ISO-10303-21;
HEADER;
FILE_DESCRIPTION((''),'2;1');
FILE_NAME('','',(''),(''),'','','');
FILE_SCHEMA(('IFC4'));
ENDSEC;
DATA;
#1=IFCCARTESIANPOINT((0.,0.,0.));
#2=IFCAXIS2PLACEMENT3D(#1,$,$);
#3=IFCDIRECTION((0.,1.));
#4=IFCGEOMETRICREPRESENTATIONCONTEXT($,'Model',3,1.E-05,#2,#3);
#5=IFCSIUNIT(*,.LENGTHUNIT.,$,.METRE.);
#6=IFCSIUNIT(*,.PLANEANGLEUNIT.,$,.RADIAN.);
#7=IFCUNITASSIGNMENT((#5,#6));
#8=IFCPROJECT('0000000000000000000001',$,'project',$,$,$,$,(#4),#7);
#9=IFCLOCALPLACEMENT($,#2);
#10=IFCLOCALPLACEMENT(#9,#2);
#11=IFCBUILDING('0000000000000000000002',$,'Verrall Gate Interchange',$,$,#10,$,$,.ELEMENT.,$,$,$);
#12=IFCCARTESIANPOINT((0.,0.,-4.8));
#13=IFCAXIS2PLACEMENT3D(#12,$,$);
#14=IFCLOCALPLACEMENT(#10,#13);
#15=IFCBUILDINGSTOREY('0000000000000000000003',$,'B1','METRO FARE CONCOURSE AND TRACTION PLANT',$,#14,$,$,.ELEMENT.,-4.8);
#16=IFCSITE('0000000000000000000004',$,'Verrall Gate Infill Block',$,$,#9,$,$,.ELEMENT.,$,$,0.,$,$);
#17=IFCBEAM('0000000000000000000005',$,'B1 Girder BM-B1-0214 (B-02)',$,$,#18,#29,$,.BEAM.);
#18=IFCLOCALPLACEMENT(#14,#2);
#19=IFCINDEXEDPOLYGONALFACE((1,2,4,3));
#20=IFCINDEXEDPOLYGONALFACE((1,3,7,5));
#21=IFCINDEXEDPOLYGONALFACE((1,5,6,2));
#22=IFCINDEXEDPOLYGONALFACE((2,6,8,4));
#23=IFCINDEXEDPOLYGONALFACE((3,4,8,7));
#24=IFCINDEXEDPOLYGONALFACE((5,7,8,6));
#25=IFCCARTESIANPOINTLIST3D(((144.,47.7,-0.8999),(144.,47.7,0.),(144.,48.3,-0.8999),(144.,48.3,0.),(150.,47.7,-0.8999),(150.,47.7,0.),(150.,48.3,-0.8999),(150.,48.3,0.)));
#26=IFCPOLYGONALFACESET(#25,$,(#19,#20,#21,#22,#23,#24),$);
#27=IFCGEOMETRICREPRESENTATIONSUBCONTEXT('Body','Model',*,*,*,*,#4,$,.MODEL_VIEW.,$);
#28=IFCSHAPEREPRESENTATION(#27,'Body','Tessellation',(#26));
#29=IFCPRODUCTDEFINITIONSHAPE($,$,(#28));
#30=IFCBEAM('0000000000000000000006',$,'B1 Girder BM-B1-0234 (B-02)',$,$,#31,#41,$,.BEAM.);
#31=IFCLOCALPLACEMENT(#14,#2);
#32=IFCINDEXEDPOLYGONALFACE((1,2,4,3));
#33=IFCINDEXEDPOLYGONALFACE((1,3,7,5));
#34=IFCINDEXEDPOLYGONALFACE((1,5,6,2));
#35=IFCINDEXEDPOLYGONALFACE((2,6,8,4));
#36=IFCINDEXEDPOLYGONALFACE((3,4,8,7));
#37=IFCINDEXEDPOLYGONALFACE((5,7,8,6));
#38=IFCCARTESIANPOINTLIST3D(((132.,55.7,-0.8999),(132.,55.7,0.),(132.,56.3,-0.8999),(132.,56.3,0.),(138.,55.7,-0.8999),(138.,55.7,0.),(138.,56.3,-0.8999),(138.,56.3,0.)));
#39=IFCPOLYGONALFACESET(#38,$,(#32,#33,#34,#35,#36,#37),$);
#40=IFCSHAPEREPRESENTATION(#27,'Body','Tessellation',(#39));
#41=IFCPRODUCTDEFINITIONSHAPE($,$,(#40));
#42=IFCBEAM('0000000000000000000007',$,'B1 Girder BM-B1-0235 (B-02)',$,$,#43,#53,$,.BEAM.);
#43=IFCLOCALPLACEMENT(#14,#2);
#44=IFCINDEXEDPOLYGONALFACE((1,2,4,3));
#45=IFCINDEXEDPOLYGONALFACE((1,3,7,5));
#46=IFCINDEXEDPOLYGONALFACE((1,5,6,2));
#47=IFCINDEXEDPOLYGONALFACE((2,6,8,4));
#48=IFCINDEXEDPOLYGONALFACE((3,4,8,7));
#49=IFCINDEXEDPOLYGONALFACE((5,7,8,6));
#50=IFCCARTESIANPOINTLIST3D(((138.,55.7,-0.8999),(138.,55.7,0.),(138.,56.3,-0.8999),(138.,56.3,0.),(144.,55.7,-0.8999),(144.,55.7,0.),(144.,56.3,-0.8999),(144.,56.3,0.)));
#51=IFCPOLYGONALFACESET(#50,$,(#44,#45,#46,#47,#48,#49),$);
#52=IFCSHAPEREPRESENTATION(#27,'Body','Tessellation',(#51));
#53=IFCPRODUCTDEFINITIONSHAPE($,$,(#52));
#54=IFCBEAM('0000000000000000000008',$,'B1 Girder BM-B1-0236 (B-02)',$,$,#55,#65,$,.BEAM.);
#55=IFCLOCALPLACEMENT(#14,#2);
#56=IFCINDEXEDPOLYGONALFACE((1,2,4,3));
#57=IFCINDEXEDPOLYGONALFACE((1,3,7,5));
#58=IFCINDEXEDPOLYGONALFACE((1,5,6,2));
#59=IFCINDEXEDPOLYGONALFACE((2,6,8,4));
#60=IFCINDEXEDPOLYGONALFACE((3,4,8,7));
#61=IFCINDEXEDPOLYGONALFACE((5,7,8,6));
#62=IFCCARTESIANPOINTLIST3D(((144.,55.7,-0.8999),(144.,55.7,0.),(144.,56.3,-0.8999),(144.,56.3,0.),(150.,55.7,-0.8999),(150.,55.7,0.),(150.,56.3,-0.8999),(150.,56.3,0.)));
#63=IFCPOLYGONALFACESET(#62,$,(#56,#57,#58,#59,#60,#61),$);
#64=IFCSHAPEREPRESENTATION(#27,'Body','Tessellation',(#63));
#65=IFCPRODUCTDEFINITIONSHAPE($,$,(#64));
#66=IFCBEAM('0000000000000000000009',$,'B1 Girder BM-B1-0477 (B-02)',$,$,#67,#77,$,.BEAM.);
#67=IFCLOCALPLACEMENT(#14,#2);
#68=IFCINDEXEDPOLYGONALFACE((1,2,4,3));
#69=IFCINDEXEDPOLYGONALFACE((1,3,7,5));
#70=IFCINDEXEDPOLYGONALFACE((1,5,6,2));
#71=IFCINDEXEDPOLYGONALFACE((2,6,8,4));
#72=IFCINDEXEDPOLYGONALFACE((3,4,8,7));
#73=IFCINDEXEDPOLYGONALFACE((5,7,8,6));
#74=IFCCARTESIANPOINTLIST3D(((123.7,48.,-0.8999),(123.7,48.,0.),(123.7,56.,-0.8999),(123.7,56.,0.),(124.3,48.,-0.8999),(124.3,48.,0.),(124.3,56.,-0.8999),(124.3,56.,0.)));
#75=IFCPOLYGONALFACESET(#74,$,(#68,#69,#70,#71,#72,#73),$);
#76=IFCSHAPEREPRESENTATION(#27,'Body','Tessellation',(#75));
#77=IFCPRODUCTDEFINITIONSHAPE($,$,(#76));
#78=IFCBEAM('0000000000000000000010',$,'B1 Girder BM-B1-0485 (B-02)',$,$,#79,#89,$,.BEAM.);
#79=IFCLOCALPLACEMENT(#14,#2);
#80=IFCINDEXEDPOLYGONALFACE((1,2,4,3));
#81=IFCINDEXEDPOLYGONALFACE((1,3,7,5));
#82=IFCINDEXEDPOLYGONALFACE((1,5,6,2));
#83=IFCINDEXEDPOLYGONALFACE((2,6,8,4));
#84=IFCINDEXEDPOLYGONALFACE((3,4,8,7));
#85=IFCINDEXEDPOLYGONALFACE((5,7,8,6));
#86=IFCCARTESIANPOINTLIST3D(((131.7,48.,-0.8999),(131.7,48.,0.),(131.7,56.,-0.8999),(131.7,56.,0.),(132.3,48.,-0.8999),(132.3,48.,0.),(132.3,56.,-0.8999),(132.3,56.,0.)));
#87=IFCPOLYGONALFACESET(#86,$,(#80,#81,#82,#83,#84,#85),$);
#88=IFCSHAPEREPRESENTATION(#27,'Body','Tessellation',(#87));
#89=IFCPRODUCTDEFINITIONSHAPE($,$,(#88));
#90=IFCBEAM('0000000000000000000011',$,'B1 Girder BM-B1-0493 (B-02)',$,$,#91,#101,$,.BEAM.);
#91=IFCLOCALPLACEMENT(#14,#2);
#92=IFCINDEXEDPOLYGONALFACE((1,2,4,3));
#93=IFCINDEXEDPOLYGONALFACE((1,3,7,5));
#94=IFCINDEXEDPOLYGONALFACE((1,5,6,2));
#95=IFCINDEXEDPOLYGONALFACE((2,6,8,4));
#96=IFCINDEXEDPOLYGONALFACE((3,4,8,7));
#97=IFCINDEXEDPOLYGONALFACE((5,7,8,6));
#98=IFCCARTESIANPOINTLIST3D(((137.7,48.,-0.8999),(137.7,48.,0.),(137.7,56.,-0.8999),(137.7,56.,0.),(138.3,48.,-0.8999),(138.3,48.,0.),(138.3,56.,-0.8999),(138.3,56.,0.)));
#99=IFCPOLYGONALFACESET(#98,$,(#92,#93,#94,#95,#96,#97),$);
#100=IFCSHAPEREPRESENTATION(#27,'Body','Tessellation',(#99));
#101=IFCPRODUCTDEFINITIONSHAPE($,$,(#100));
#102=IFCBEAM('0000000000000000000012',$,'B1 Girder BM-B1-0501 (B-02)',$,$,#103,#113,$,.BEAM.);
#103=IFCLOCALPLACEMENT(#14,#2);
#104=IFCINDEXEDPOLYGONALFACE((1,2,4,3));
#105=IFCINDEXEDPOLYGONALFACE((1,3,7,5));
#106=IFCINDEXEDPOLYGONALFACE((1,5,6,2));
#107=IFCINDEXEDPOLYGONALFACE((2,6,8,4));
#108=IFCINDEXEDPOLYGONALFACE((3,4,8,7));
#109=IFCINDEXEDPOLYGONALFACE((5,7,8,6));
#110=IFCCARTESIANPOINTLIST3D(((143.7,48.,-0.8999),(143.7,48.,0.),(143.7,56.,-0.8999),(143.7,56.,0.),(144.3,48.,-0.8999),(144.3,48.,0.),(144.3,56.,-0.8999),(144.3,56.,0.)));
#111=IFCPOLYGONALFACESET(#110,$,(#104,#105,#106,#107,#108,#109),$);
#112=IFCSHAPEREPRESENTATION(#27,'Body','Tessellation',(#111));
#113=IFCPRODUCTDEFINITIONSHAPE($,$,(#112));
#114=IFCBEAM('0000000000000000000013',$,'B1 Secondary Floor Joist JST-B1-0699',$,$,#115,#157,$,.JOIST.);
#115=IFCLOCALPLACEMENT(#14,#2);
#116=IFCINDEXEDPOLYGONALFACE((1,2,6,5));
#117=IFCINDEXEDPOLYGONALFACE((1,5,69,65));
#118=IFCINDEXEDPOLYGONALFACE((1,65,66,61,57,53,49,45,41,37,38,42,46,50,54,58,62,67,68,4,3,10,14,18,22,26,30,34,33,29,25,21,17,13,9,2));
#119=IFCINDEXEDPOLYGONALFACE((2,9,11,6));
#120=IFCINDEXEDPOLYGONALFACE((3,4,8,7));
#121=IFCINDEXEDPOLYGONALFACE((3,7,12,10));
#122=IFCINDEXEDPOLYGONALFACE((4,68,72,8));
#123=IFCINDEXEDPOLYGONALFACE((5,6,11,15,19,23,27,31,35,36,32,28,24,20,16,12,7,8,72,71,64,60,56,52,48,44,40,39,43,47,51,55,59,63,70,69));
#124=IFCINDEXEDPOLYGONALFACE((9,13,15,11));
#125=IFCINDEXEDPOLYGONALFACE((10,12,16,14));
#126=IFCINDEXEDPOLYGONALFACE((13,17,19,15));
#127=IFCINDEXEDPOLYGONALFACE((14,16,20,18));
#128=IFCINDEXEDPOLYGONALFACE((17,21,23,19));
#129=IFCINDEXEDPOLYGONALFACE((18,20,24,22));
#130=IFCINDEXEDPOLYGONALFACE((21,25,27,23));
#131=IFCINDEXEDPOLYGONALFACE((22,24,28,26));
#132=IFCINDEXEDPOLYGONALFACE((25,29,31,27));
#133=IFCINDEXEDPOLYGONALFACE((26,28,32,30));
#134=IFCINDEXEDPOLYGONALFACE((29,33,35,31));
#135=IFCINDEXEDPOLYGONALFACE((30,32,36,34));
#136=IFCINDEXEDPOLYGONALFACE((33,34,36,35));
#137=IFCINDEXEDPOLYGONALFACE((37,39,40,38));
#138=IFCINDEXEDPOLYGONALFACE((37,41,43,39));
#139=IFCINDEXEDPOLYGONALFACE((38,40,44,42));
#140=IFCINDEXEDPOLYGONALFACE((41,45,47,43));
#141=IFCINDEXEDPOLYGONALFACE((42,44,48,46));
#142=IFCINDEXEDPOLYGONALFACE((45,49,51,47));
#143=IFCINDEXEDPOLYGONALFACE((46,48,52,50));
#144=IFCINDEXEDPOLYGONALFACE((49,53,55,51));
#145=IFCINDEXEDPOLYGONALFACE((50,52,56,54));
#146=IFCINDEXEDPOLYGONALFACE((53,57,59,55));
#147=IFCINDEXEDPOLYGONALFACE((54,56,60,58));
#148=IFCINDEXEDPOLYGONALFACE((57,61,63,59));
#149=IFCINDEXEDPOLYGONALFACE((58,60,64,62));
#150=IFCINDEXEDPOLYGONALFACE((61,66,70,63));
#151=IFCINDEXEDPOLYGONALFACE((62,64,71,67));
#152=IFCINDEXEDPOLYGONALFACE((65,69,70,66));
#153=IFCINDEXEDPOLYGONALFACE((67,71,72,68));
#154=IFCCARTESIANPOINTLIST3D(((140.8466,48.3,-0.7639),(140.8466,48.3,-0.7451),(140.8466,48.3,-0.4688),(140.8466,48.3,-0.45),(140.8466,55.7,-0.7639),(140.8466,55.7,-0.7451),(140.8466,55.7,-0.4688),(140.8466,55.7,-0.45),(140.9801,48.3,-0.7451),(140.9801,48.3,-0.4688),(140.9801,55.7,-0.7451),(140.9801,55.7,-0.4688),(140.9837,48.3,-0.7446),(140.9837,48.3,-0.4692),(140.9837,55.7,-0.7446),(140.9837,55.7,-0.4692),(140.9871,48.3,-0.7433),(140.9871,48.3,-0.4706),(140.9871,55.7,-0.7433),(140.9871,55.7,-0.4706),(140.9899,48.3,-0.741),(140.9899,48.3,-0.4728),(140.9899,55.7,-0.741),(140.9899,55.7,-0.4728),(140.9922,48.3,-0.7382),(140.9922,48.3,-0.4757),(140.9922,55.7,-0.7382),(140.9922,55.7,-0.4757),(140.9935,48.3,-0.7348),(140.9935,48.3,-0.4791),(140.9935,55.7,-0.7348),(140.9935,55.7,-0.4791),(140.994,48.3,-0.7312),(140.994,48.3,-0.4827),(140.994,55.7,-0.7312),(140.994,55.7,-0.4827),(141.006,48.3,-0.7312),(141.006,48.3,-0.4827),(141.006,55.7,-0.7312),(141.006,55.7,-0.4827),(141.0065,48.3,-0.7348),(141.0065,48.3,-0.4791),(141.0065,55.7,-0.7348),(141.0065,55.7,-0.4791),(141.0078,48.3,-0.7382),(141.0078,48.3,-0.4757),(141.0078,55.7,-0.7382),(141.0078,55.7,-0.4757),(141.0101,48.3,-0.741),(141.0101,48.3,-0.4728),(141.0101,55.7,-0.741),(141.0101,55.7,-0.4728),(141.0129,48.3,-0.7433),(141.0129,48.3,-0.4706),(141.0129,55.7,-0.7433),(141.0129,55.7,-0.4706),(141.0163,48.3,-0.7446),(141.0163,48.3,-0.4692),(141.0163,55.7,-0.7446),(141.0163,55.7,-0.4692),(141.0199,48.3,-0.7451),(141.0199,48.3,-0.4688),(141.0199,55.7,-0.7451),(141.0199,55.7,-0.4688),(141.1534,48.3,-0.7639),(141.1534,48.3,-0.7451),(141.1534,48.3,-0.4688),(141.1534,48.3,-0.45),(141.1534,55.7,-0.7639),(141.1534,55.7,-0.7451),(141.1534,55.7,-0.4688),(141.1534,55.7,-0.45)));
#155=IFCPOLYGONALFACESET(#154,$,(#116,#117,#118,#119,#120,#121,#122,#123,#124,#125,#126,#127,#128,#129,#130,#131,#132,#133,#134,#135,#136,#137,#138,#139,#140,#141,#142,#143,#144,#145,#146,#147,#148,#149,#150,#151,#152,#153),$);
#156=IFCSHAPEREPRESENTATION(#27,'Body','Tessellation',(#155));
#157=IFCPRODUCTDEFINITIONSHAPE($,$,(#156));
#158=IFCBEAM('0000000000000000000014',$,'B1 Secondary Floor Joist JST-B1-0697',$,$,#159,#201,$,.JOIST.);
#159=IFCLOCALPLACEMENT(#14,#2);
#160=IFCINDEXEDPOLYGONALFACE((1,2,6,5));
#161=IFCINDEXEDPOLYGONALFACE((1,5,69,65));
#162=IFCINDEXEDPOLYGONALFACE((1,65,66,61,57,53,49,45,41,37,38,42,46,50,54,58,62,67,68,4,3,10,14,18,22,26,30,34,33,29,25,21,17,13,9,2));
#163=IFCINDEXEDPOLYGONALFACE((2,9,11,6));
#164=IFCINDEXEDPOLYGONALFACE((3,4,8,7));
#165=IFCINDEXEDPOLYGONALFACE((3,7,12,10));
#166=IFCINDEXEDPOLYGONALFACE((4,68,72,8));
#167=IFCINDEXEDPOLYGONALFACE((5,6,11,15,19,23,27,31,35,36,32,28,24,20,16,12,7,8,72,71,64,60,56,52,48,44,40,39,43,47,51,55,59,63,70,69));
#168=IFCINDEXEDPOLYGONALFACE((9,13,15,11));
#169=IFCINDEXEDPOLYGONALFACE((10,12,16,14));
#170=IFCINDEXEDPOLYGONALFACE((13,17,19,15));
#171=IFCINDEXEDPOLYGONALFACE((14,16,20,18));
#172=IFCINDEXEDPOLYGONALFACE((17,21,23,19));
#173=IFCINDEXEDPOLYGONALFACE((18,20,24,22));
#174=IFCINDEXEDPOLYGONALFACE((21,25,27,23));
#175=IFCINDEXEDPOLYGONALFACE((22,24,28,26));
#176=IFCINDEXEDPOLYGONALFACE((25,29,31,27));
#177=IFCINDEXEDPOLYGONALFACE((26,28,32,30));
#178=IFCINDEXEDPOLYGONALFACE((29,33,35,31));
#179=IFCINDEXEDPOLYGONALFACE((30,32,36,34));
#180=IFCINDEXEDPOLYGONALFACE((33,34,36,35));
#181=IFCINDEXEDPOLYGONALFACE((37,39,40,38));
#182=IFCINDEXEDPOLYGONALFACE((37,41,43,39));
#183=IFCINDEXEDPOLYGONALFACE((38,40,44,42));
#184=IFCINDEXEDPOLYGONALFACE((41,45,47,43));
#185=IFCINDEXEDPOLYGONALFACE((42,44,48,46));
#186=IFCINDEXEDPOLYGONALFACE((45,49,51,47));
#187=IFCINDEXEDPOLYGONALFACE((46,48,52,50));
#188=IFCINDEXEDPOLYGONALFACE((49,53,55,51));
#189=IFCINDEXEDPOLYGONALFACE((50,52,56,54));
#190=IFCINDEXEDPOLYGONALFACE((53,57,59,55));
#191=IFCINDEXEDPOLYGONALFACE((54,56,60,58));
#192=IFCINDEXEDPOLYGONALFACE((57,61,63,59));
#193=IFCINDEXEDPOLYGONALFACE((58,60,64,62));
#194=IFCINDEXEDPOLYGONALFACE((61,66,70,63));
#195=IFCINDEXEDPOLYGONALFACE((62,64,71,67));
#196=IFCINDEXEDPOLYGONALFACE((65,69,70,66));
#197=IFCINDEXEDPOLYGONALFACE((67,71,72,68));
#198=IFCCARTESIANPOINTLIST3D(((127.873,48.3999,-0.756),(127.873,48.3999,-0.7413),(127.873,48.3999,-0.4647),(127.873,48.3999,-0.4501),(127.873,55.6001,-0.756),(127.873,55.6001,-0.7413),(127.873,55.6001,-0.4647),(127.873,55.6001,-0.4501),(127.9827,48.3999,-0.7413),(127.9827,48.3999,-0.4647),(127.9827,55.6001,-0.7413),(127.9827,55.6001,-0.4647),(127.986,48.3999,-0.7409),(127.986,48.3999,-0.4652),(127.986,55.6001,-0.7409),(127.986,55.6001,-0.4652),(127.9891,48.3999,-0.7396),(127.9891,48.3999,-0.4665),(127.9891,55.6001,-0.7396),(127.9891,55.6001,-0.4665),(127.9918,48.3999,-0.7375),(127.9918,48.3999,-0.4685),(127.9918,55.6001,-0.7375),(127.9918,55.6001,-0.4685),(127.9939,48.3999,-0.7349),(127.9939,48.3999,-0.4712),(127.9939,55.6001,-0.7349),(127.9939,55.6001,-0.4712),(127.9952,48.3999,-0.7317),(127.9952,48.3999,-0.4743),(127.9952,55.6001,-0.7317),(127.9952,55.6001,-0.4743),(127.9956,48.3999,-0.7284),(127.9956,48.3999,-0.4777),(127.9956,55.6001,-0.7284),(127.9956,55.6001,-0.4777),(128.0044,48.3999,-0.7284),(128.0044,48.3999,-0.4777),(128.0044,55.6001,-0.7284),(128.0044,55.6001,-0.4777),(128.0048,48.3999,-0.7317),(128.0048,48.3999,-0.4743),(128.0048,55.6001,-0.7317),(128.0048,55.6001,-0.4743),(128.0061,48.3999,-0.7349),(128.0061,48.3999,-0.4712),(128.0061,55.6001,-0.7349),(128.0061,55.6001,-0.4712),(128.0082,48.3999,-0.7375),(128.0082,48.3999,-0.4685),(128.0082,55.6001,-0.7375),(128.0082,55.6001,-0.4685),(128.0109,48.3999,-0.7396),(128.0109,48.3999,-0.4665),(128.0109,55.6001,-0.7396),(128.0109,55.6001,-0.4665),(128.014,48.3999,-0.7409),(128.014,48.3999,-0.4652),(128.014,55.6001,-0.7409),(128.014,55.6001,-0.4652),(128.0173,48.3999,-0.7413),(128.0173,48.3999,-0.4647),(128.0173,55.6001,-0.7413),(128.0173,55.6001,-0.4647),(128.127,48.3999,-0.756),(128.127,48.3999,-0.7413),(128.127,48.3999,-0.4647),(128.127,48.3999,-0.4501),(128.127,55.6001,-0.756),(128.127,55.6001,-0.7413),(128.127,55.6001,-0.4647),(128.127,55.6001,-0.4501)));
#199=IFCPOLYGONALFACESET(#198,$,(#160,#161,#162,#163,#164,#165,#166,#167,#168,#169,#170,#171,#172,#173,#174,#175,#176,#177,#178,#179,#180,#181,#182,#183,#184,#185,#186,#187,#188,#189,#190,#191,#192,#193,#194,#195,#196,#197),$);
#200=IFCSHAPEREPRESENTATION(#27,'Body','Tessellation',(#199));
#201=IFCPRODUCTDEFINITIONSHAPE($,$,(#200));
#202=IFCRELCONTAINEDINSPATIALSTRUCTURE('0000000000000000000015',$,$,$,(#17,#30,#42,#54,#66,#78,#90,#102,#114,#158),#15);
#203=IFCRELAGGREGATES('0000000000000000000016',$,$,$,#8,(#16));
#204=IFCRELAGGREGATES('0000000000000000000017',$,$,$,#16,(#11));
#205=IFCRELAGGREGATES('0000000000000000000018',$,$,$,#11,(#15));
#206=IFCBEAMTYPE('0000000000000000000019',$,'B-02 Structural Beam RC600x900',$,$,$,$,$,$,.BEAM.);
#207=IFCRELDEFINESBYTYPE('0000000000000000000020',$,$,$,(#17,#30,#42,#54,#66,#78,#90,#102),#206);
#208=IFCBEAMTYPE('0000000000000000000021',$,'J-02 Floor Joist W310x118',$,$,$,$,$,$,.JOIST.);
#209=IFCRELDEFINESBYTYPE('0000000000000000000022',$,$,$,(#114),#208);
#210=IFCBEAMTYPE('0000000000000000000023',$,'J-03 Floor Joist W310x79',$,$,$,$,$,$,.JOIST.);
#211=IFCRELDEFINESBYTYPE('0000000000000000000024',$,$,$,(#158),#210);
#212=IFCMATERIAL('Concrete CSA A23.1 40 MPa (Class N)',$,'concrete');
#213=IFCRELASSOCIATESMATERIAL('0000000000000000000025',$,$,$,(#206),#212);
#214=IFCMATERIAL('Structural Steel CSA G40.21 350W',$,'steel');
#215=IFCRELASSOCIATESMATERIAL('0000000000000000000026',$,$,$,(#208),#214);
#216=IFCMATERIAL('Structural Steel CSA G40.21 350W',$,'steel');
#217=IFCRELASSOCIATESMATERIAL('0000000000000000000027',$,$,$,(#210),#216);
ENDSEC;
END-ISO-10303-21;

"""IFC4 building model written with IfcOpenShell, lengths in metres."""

from ifc_helpers import new_model, si_unit, direction, frame, origin, origin_2d, place, context, subcontext, project, spatial, rectangle, i_section, extrude, material, material_profile, profile_set, type_object, element, save


model = new_model("IFC4")

# Units and contexts
model_context = context("Model", 3, precision=1e-05, world=origin(), true_north=direction((0.0, 1.0)))
body_context = subcontext(model_context, "Body", "Model", "MODEL_VIEW")
ifc_project = project(units=[si_unit("LENGTHUNIT", "METRE"), si_unit("PLANEANGLEUNIT", "RADIAN")], contexts=[model_context])

# Site, building, storey
site_placement = place(None, origin())
site = spatial("IfcSite", under=ifc_project, at=site_placement, Name="Verrall Gate Infill Block", CompositionType="ELEMENT", RefElevation=0.0)
building_placement = place(site_placement, origin())
building = spatial("IfcBuilding", under=site, at=building_placement, Name="Verrall Gate Interchange", CompositionType="ELEMENT")
storey_placement = place(building_placement, frame((0.0, 0.0, -4.8)))
storey = spatial("IfcBuildingStorey", under=building, at=storey_placement, Name="B1", Description="METRO FARE CONCOURSE AND TRACTION PLANT", CompositionType="ELEMENT", Elevation=-4.8)

# Beams
ifc_material_1 = material(Name="Concrete CSA A23.1 40 MPa (Class N)", Category="concrete")
ifc_material_profile_1 = material_profile(ifc_material_1, rectangle(XDim=0.6001, YDim=0.8999, at=origin_2d()), Name="RC600x900")
ifc_profile_set_1 = profile_set([ifc_material_profile_1], Name="Concrete CSA A23.1 40 MPa (Class N)")
beam_type_1 = type_object("IfcBeamType", Name="B-02 Structural Beam RC600x900", PredefinedType="BEAM", material=ifc_profile_set_1)
for number, where, z_axis, x_axis, name in (
    (1, (144.0, 48.0, -0.45), (1.0, 0.0, 0.0), (0.0, 1.0, 0.0), "B1 Girder BM-B1-0214 (B-02)"),
    (2, (132.0, 56.0, -0.45), (1.0, 0.0, 0.0), (0.0, 1.0, 0.0), "B1 Girder BM-B1-0234 (B-02)"),
    (3, (138.0, 56.0, -0.45), (1.0, 0.0, 0.0), (0.0, 1.0, 0.0), "B1 Girder BM-B1-0235 (B-02)"),
    (4, (144.0, 56.0, -0.45), (1.0, 0.0, 0.0), (0.0, 1.0, 0.0), "B1 Girder BM-B1-0236 (B-02)"),
):
    element("IfcBeam", number, at=place(storey_placement, frame(where, z_axis=z_axis, x_axis=x_axis)), inside=storey, type_object=beam_type_1, Name=name, PredefinedType="BEAM", context=body_context, shape_type="SweptSolid", body=[
        extrude(rectangle(XDim=0.6001, YDim=0.8999, at=origin_2d()), origin(), (0.0, 0.0, 1.0), 6.0),
    ])
for number, where, z_axis, x_axis, name in (
    (5, (124.0, 48.0, -0.45), (0.0, 1.0, 0.0), (-1.0, 0.0, 0.0), "B1 Girder BM-B1-0477 (B-02)"),
    (6, (132.0, 48.0, -0.45), (0.0, 1.0, 0.0), (-1.0, 0.0, 0.0), "B1 Girder BM-B1-0485 (B-02)"),
    (7, (138.0, 48.0, -0.45), (0.0, 1.0, 0.0), (-1.0, 0.0, 0.0), "B1 Girder BM-B1-0493 (B-02)"),
    (8, (144.0, 48.0, -0.45), (0.0, 1.0, 0.0), (-1.0, 0.0, 0.0), "B1 Girder BM-B1-0501 (B-02)"),
):
    element("IfcBeam", number, at=place(storey_placement, frame(where, z_axis=z_axis, x_axis=x_axis)), inside=storey, type_object=beam_type_1, Name=name, PredefinedType="BEAM", context=body_context, shape_type="SweptSolid", body=[
        extrude(rectangle(XDim=0.6001, YDim=0.8999, at=origin_2d()), origin(), (0.0, 0.0, 1.0), 8.0),
    ])
ifc_material_2 = material(Name="Structural Steel CSA G40.21 350W", Category="steel")
ifc_material_profile_2 = material_profile(ifc_material_2, i_section(OverallWidth=0.3069, OverallDepth=0.314, WebThickness=0.012, FlangeThickness=0.0188, FilletRadius=0.0139, at=origin_2d()), Name="W310x118")
ifc_profile_set_2 = profile_set([ifc_material_profile_2], Name="Structural Steel CSA G40.21 350W")
beam_type_2 = type_object("IfcBeamType", Name="J-02 Floor Joist W310x118", PredefinedType="JOIST", material=ifc_profile_set_2)
beam_1_placement = place(storey_placement, frame((141.0, 48.3, -0.6069), z_axis=(0.0, 1.0, 0.0), x_axis=(-1.0, 0.0, 0.0)))
element("IfcBeam", 9, at=beam_1_placement, inside=storey, type_object=beam_type_2, Name="B1 Secondary Floor Joist JST-B1-0699", PredefinedType="JOIST", context=body_context, shape_type="SweptSolid", body=[
    extrude(i_section(OverallWidth=0.3069, OverallDepth=0.314, WebThickness=0.012, FlangeThickness=0.0188, FilletRadius=0.0139, at=origin_2d()), origin(), (0.0, 0.0, 1.0), 7.3999),
])
ifc_material_3 = material(Name="Structural Steel CSA G40.21 350W", Category="steel")
ifc_material_profile_3 = material_profile(ifc_material_3, i_section(OverallWidth=0.2539, OverallDepth=0.3059, WebThickness=0.0088, FlangeThickness=0.0146, FilletRadius=0.0129, at=origin_2d()), Name="W310x79")
ifc_profile_set_3 = profile_set([ifc_material_profile_3], Name="Structural Steel CSA G40.21 350W")
beam_type_3 = type_object("IfcBeamType", Name="J-03 Floor Joist W310x79", PredefinedType="JOIST", material=ifc_profile_set_3)
beam_2_placement = place(storey_placement, frame((128.0, 48.3999, -0.603), z_axis=(0.0, 1.0, 0.0), x_axis=(-1.0, 0.0, 0.0)))
element("IfcBeam", 10, at=beam_2_placement, inside=storey, type_object=beam_type_3, Name="B1 Secondary Floor Joist JST-B1-0697", PredefinedType="JOIST", context=body_context, shape_type="SweptSolid", body=[
    extrude(i_section(OverallWidth=0.2539, OverallDepth=0.3059, WebThickness=0.0088, FlangeThickness=0.0146, FilletRadius=0.0129, at=origin_2d()), origin(), (0.0, 0.0, 1.0), 7.2002),
])

save(model, "model.ifc")
